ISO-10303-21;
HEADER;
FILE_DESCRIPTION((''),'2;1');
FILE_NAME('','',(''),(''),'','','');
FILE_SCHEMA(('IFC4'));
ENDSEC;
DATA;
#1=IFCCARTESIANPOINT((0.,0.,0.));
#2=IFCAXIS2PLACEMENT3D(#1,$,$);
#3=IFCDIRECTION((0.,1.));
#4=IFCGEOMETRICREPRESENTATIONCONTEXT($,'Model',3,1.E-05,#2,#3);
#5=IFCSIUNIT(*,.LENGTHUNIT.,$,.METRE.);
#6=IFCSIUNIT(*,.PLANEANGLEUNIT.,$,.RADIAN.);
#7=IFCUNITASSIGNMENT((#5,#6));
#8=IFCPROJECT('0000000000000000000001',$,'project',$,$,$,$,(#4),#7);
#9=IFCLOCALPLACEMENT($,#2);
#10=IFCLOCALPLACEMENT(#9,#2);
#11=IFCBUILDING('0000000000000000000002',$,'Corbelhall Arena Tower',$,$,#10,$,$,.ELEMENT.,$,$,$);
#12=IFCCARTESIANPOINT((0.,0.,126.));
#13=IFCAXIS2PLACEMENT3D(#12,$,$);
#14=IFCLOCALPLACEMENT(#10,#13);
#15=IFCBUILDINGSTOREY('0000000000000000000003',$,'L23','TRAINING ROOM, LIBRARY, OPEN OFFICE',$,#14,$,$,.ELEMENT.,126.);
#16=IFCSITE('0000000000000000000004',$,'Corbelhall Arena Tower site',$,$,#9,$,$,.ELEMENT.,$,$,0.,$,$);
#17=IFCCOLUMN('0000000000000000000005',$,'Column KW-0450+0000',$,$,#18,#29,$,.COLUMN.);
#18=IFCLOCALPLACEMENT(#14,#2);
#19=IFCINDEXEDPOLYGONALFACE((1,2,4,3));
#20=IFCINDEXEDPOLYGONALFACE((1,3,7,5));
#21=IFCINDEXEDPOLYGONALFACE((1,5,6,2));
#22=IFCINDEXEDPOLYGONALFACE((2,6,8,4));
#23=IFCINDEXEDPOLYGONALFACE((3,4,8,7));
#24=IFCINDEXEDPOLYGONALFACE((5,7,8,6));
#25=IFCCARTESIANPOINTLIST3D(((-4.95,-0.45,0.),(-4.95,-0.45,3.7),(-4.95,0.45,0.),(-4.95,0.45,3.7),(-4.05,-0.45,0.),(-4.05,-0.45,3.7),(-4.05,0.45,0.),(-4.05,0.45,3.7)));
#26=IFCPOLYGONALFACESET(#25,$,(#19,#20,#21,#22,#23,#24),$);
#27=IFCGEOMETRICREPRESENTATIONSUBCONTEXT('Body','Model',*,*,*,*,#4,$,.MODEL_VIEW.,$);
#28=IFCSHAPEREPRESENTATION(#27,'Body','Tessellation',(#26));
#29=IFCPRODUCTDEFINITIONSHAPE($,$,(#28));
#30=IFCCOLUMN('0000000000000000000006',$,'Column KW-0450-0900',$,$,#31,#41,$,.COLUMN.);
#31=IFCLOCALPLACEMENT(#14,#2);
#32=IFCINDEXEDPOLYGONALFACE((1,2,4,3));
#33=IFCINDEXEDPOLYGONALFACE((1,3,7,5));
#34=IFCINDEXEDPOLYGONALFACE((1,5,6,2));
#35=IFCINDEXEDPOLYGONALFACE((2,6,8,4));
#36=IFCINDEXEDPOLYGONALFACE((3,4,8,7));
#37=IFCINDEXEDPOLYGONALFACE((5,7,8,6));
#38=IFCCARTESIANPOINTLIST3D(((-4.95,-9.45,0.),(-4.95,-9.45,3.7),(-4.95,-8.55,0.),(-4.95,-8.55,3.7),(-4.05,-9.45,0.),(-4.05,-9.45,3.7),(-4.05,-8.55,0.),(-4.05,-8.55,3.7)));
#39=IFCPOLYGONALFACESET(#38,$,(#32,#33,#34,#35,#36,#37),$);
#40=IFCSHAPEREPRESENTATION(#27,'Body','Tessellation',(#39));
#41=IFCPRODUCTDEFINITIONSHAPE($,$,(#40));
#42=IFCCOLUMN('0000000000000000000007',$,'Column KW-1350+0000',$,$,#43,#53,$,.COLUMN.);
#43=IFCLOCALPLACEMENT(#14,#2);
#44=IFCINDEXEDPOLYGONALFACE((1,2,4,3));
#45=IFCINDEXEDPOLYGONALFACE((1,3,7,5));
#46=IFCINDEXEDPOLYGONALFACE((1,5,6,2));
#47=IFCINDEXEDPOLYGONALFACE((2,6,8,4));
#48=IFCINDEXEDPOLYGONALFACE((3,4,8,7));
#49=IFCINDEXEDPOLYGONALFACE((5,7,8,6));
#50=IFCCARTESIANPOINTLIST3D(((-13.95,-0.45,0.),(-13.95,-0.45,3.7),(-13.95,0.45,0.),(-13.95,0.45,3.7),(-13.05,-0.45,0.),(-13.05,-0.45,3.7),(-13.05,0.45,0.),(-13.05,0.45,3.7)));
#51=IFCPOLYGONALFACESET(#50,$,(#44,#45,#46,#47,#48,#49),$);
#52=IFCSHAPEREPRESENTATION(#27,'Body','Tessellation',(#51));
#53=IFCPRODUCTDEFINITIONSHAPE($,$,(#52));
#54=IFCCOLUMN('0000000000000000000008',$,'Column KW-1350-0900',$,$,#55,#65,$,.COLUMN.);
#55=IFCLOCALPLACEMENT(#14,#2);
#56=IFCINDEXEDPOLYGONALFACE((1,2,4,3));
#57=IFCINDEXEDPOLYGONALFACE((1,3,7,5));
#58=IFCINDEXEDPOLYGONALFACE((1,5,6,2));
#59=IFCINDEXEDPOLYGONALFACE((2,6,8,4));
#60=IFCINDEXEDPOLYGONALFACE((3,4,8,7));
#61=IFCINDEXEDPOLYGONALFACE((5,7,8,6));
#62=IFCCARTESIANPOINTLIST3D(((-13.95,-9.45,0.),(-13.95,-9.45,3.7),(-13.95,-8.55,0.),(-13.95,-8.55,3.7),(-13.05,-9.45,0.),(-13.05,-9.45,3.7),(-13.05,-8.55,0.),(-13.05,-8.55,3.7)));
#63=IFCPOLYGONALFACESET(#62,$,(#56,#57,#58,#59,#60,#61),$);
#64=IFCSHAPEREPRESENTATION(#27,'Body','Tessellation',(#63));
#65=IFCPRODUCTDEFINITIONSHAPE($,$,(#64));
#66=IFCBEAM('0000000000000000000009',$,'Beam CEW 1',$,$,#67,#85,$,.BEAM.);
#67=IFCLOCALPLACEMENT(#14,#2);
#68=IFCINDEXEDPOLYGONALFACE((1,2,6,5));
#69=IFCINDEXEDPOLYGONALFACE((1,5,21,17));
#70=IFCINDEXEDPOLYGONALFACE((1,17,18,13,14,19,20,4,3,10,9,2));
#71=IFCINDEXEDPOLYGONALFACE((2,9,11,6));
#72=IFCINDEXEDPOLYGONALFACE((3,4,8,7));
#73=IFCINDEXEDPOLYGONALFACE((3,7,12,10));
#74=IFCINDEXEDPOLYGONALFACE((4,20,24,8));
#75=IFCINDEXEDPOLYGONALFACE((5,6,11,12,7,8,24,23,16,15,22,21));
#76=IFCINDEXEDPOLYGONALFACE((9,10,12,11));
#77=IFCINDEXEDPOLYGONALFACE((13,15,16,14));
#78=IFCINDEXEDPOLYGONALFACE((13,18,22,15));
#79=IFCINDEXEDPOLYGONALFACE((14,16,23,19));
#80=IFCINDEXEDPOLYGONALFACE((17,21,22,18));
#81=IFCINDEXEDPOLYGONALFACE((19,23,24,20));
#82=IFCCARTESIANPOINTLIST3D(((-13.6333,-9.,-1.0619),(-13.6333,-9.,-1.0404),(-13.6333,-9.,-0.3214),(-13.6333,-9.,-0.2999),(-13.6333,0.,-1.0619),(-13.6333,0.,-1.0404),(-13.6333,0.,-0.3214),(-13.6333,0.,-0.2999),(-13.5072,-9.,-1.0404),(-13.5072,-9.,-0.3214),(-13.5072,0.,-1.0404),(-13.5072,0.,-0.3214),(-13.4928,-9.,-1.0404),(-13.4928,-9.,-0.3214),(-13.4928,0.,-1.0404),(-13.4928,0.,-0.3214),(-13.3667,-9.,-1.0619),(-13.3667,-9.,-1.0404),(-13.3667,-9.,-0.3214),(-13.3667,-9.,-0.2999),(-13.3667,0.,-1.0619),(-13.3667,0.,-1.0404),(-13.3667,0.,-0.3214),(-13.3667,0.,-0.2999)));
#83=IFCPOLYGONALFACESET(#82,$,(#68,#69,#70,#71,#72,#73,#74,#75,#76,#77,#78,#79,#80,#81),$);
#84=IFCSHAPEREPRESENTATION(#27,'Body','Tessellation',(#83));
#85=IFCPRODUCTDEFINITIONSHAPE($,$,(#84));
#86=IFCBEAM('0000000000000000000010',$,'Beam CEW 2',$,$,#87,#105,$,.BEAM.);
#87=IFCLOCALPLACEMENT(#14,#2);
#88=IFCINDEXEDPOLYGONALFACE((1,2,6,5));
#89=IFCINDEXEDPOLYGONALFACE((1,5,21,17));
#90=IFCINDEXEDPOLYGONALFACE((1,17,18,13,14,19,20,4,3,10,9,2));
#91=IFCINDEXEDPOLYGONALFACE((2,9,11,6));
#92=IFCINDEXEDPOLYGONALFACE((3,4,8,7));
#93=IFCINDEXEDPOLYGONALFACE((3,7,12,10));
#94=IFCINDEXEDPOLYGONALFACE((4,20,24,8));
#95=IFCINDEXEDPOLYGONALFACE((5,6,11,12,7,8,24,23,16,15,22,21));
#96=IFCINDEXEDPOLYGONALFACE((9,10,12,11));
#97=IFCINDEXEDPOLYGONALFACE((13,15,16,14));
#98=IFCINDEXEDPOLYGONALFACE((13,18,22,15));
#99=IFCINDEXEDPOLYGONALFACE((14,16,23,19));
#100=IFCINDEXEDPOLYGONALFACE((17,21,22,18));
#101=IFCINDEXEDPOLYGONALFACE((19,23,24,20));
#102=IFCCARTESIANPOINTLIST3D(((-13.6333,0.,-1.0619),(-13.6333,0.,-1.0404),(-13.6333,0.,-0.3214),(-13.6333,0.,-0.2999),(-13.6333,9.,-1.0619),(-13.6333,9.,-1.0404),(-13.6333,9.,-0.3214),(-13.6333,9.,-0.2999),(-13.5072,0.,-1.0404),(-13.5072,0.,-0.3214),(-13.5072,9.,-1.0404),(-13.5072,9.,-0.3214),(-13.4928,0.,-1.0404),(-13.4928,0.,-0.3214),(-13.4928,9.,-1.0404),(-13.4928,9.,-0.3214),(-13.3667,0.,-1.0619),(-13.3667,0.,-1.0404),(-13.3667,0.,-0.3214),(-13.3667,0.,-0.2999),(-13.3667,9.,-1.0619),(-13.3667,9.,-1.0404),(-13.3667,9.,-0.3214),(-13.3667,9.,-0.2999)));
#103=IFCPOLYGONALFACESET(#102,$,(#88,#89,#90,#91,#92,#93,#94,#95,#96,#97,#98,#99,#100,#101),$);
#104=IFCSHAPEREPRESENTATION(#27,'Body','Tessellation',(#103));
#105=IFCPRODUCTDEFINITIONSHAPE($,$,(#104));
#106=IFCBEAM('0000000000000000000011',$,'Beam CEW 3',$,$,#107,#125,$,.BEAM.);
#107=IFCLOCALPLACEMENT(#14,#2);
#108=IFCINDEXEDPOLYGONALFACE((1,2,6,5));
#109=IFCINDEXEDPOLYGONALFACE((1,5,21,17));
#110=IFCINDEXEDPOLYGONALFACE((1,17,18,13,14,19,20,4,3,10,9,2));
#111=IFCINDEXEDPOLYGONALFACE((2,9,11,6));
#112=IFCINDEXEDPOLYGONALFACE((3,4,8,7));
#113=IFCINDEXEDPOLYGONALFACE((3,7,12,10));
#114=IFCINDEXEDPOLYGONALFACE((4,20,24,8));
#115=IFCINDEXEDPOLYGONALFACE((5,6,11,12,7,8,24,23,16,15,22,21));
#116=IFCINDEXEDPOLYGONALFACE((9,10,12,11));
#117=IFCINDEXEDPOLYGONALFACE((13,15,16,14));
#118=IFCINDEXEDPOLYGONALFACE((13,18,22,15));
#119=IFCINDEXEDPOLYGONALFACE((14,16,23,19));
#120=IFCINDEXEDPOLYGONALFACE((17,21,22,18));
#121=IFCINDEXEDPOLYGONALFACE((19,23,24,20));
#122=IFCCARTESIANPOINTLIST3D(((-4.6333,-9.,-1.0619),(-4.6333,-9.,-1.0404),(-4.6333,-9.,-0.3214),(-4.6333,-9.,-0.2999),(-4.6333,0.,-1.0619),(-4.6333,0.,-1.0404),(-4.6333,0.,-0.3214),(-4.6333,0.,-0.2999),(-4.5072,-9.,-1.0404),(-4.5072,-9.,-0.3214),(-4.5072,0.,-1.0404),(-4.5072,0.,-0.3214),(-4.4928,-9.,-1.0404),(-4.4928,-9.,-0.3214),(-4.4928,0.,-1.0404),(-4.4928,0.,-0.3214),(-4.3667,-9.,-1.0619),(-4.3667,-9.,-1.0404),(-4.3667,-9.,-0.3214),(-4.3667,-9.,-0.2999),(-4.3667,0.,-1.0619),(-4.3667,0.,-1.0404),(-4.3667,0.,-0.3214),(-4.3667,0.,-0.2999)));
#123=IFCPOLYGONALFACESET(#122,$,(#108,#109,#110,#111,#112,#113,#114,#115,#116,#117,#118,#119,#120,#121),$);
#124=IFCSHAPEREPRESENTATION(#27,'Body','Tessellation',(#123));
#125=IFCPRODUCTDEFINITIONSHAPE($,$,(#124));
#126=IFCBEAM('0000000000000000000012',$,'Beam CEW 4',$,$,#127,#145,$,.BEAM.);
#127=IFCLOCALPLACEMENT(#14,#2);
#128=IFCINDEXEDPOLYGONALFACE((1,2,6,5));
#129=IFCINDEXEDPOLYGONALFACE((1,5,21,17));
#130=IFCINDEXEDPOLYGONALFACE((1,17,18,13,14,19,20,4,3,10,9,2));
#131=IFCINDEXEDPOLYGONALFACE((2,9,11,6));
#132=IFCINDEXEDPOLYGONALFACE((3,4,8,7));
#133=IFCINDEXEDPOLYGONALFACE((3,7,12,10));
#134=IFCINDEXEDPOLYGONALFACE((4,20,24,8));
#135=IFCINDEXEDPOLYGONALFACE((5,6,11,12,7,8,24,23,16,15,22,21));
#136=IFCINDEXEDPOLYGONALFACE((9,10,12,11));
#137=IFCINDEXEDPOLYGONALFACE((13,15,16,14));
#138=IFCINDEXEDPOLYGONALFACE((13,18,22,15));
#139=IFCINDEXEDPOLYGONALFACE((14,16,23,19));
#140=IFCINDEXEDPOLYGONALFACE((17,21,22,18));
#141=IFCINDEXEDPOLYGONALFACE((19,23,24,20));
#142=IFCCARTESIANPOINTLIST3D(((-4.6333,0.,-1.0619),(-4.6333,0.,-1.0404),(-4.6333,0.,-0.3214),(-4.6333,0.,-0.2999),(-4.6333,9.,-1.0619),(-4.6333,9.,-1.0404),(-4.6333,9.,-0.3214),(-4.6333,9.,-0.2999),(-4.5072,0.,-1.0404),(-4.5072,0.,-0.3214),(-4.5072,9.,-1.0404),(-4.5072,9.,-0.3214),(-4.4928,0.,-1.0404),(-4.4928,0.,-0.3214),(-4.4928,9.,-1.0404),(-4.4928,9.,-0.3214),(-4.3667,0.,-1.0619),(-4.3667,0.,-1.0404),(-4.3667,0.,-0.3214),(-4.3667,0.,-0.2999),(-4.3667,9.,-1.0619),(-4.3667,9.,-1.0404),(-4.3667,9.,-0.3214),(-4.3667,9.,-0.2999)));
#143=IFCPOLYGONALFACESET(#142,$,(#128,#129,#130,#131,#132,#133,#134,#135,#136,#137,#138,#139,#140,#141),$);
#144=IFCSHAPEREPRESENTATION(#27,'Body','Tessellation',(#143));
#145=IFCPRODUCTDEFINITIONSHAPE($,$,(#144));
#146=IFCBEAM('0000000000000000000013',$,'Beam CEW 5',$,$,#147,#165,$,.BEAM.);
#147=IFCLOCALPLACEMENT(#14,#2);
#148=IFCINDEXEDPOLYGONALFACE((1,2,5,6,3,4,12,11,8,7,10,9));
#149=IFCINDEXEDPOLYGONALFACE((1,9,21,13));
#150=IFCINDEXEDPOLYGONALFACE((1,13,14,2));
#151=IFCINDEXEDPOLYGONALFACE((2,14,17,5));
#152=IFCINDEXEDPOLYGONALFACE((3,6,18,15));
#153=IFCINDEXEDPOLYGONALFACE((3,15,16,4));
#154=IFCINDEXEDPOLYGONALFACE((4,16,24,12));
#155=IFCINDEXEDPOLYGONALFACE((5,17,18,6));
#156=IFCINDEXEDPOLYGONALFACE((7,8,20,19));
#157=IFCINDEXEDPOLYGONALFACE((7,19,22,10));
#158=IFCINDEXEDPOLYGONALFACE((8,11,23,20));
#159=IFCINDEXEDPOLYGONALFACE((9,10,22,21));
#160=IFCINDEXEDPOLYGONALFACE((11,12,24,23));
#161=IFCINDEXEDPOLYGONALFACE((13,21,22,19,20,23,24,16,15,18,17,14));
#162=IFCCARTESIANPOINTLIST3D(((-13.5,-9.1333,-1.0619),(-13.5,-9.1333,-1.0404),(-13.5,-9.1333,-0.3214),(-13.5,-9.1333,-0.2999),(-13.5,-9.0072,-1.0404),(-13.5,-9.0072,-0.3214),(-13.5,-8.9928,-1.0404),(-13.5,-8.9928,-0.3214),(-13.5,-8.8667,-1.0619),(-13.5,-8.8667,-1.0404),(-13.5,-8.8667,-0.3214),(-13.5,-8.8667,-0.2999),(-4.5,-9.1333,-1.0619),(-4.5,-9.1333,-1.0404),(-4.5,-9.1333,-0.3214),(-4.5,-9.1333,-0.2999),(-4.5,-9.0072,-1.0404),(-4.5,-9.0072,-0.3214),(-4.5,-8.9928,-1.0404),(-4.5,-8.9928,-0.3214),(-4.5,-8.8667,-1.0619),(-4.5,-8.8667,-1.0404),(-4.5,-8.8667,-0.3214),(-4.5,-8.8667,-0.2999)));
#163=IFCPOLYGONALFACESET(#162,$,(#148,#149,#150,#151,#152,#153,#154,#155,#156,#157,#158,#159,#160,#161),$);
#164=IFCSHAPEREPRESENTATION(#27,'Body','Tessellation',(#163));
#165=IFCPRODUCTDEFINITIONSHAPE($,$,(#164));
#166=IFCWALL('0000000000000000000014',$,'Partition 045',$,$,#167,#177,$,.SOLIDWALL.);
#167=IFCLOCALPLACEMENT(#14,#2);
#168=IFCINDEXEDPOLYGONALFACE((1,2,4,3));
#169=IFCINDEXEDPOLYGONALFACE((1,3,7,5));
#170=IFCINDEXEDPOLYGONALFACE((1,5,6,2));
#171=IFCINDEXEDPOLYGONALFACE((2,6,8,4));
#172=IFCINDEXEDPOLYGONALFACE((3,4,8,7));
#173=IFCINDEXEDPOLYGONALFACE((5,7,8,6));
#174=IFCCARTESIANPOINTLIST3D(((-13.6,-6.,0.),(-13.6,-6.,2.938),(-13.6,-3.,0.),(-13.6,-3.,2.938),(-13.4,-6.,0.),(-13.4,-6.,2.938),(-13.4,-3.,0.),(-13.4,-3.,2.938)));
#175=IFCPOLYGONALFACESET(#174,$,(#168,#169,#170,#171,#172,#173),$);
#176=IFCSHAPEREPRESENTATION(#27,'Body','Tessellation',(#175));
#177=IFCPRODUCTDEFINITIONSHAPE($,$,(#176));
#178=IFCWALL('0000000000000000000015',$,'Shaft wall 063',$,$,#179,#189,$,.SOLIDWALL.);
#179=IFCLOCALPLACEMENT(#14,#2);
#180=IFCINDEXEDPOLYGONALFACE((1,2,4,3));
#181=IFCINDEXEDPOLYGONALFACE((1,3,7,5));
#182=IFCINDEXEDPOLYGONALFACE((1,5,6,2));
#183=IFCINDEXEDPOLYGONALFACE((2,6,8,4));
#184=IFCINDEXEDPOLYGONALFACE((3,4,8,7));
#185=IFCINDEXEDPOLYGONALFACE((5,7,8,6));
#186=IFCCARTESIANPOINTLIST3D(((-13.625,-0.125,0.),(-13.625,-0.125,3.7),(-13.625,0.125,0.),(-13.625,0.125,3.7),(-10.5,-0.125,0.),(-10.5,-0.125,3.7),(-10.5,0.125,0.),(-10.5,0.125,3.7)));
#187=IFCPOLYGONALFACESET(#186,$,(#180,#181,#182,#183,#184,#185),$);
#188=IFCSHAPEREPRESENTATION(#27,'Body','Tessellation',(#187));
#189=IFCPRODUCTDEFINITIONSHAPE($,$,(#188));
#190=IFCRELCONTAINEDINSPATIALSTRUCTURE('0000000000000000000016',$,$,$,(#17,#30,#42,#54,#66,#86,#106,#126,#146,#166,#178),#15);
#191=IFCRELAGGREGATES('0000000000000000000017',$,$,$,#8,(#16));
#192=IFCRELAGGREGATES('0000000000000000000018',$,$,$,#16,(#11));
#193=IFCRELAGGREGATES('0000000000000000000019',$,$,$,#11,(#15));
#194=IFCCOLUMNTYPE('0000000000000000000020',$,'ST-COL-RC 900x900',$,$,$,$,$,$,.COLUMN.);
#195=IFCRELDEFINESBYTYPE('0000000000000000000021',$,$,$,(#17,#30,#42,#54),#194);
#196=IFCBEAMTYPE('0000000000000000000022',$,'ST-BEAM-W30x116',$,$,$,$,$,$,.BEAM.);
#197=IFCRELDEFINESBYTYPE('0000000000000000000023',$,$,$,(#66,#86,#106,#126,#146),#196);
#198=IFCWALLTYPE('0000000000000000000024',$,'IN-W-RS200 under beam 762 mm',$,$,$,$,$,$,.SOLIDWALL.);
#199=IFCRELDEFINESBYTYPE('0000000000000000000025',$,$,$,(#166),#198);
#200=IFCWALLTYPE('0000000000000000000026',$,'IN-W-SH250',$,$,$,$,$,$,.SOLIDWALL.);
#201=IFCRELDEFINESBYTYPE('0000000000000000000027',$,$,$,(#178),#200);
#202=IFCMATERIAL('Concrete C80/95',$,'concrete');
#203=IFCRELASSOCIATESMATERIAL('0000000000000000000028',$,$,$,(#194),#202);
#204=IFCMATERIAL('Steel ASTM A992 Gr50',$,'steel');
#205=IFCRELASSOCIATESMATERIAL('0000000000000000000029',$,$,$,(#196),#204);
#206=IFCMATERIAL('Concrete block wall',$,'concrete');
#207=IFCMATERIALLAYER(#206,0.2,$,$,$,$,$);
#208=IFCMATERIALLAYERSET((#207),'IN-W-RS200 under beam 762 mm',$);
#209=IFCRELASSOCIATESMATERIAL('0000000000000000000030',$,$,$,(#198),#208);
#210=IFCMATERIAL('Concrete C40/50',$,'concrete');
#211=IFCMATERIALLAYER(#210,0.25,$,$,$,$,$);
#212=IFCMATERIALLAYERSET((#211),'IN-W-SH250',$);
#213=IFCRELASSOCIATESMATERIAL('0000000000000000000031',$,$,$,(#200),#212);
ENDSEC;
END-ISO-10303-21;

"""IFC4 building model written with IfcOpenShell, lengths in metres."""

from ifc_helpers import new_model, si_unit, direction, frame, frame_2d, origin, origin_2d, place, context, subcontext, project, spatial, rectangle, i_section, extrude, material, layer, layer_set, material_profile, profile_set, type_object, element, save


model = new_model("IFC4")

# Units and contexts
model_context = context("Model", 3, precision=1e-05, world=origin(), true_north=direction((0.0, 1.0)))
body_context = subcontext(model_context, "Body", "Model", "MODEL_VIEW")
ifc_project = project(units=[si_unit("LENGTHUNIT", "METRE"), si_unit("PLANEANGLEUNIT", "RADIAN")], contexts=[model_context])

# Site, building, storey
site_placement = place(None, origin())
site = spatial("IfcSite", under=ifc_project, at=site_placement, Name="Corbelhall Arena Tower site", CompositionType="ELEMENT", RefElevation=0.0)
building_placement = place(site_placement, origin())
building = spatial("IfcBuilding", under=site, at=building_placement, Name="Corbelhall Arena Tower", CompositionType="ELEMENT")
storey_placement = place(building_placement, frame((0.0, 0.0, 126.0)))
storey = spatial("IfcBuildingStorey", under=building, at=storey_placement, Name="L23", Description="TRAINING ROOM, LIBRARY, OPEN OFFICE", CompositionType="ELEMENT", Elevation=126.0)

# Columns
ifc_material_1 = material(Name="Concrete C80/95", Category="concrete")
ifc_material_profile_1 = material_profile(ifc_material_1, rectangle(XDim=0.8999, YDim=0.8999, at=origin_2d()))
ifc_profile_set_1 = profile_set([ifc_material_profile_1], Name="Concrete C80/95")
column_type = type_object("IfcColumnType", Name="ST-COL-RC 900x900", PredefinedType="COLUMN", material=ifc_profile_set_1)
for number, where, z_axis, x_axis, name in (
    (1, (-4.5, 0.0, 0.0), (0.0, 0.0, 1.0), (1.0, 0.0, 0.0), "Column KW-0450+0000"),
    (2, (-4.5, -9.0, 0.0), (0.0, 0.0, 1.0), (1.0, 0.0, 0.0), "Column KW-0450-0900"),
    (3, (-13.5, 0.0, 0.0), (0.0, 0.0, 1.0), (1.0, 0.0, 0.0), "Column KW-1350+0000"),
    (4, (-13.5, -9.0, 0.0), (0.0, 0.0, 1.0), (1.0, 0.0, 0.0), "Column KW-1350-0900"),
):
    element("IfcColumn", number, at=place(storey_placement, frame(where, z_axis=z_axis, x_axis=x_axis)), inside=storey, type_object=column_type, Name=name, PredefinedType="COLUMN", context=body_context, shape_type="SweptSolid", body=[
        extrude(rectangle(XDim=0.8999, YDim=0.8999, at=origin_2d()), origin(), (0.0, 0.0, 1.0), 3.7),
    ])

# Beams
ifc_material_2 = material(Name="Steel ASTM A992 Gr50", Category="steel")
ifc_material_profile_2 = material_profile(ifc_material_2, i_section(OverallWidth=0.2666, OverallDepth=0.762, WebThickness=0.0144, FlangeThickness=0.0215, at=origin_2d()))
ifc_profile_set_2 = profile_set([ifc_material_profile_2], Name="Steel ASTM A992 Gr50")
beam_type = type_object("IfcBeamType", Name="ST-BEAM-W30x116", PredefinedType="BEAM", material=ifc_profile_set_2)
for number, where, z_axis, x_axis, name in (
    (5, (-13.5, -9.0, -0.6809), (0.0, 1.0, 0.0), (-1.0, 0.0, 0.0), "Beam CEW 1"),
    (6, (-13.5, 0.0, -0.6809), (0.0, 1.0, 0.0), (-1.0, 0.0, 0.0), "Beam CEW 2"),
    (7, (-4.5, -9.0, -0.6809), (0.0, 1.0, 0.0), (-1.0, 0.0, 0.0), "Beam CEW 3"),
    (8, (-4.5, 0.0, -0.6809), (0.0, 1.0, 0.0), (-1.0, 0.0, 0.0), "Beam CEW 4"),
    (9, (-13.5, -9.0, -0.6809), (1.0, 0.0, 0.0), (0.0, 1.0, 0.0), "Beam CEW 5"),
):
    element("IfcBeam", number, at=place(storey_placement, frame(where, z_axis=z_axis, x_axis=x_axis)), inside=storey, type_object=beam_type, Name=name, PredefinedType="BEAM", context=body_context, shape_type="SweptSolid", body=[
        extrude(i_section(OverallWidth=0.2666, OverallDepth=0.762, WebThickness=0.0144, FlangeThickness=0.0215, at=origin_2d()), origin(), (0.0, 0.0, 1.0), 9.0),
    ])

# Shared definitions
ifc_material_3 = material(Name="Concrete block wall", Category="concrete")

# Walls
ifc_layer_1 = layer(ifc_material_3, 0.2)
ifc_layer_set_1 = layer_set([ifc_layer_1], Name="IN-W-RS200 under beam 762 mm")
wall_type_1 = type_object("IfcWallType", Name="IN-W-RS200 under beam 762 mm", PredefinedType="SOLIDWALL", material=ifc_layer_set_1)
wall_1_placement = place(storey_placement, frame((-13.5, -6.0, 0.0), z_axis=(0.0, 0.0, 1.0), x_axis=(0.0, 1.0, 0.0)))
element("IfcWall", 10, at=wall_1_placement, inside=storey, type_object=wall_type_1, Name="Partition 045", PredefinedType="SOLIDWALL", context=body_context, shape_type="SweptSolid", body=[
    extrude(rectangle(XDim=3.0, YDim=0.2, at=frame_2d((1.5, 0.0))), origin(), (0.0, 0.0, 1.0), 2.938),
])
ifc_material_4 = material(Name="Concrete C40/50", Category="concrete")
ifc_layer_2 = layer(ifc_material_4, 0.25)
ifc_layer_set_2 = layer_set([ifc_layer_2], Name="IN-W-SH250")
wall_type_2 = type_object("IfcWallType", Name="IN-W-SH250", PredefinedType="SOLIDWALL", material=ifc_layer_set_2)
wall_2_placement = place(storey_placement, frame((-13.625, 0.0, 0.0), z_axis=(0.0, 0.0, 1.0), x_axis=(1.0, 0.0, 0.0)))
element("IfcWall", 11, at=wall_2_placement, inside=storey, type_object=wall_type_2, Name="Shaft wall 063", PredefinedType="SOLIDWALL", context=body_context, shape_type="SweptSolid", body=[
    extrude(rectangle(XDim=3.125, YDim=0.25, at=frame_2d((1.5625, 0.0))), origin(), (0.0, 0.0, 1.0), 3.7),
])

save(model, "model.ifc")
